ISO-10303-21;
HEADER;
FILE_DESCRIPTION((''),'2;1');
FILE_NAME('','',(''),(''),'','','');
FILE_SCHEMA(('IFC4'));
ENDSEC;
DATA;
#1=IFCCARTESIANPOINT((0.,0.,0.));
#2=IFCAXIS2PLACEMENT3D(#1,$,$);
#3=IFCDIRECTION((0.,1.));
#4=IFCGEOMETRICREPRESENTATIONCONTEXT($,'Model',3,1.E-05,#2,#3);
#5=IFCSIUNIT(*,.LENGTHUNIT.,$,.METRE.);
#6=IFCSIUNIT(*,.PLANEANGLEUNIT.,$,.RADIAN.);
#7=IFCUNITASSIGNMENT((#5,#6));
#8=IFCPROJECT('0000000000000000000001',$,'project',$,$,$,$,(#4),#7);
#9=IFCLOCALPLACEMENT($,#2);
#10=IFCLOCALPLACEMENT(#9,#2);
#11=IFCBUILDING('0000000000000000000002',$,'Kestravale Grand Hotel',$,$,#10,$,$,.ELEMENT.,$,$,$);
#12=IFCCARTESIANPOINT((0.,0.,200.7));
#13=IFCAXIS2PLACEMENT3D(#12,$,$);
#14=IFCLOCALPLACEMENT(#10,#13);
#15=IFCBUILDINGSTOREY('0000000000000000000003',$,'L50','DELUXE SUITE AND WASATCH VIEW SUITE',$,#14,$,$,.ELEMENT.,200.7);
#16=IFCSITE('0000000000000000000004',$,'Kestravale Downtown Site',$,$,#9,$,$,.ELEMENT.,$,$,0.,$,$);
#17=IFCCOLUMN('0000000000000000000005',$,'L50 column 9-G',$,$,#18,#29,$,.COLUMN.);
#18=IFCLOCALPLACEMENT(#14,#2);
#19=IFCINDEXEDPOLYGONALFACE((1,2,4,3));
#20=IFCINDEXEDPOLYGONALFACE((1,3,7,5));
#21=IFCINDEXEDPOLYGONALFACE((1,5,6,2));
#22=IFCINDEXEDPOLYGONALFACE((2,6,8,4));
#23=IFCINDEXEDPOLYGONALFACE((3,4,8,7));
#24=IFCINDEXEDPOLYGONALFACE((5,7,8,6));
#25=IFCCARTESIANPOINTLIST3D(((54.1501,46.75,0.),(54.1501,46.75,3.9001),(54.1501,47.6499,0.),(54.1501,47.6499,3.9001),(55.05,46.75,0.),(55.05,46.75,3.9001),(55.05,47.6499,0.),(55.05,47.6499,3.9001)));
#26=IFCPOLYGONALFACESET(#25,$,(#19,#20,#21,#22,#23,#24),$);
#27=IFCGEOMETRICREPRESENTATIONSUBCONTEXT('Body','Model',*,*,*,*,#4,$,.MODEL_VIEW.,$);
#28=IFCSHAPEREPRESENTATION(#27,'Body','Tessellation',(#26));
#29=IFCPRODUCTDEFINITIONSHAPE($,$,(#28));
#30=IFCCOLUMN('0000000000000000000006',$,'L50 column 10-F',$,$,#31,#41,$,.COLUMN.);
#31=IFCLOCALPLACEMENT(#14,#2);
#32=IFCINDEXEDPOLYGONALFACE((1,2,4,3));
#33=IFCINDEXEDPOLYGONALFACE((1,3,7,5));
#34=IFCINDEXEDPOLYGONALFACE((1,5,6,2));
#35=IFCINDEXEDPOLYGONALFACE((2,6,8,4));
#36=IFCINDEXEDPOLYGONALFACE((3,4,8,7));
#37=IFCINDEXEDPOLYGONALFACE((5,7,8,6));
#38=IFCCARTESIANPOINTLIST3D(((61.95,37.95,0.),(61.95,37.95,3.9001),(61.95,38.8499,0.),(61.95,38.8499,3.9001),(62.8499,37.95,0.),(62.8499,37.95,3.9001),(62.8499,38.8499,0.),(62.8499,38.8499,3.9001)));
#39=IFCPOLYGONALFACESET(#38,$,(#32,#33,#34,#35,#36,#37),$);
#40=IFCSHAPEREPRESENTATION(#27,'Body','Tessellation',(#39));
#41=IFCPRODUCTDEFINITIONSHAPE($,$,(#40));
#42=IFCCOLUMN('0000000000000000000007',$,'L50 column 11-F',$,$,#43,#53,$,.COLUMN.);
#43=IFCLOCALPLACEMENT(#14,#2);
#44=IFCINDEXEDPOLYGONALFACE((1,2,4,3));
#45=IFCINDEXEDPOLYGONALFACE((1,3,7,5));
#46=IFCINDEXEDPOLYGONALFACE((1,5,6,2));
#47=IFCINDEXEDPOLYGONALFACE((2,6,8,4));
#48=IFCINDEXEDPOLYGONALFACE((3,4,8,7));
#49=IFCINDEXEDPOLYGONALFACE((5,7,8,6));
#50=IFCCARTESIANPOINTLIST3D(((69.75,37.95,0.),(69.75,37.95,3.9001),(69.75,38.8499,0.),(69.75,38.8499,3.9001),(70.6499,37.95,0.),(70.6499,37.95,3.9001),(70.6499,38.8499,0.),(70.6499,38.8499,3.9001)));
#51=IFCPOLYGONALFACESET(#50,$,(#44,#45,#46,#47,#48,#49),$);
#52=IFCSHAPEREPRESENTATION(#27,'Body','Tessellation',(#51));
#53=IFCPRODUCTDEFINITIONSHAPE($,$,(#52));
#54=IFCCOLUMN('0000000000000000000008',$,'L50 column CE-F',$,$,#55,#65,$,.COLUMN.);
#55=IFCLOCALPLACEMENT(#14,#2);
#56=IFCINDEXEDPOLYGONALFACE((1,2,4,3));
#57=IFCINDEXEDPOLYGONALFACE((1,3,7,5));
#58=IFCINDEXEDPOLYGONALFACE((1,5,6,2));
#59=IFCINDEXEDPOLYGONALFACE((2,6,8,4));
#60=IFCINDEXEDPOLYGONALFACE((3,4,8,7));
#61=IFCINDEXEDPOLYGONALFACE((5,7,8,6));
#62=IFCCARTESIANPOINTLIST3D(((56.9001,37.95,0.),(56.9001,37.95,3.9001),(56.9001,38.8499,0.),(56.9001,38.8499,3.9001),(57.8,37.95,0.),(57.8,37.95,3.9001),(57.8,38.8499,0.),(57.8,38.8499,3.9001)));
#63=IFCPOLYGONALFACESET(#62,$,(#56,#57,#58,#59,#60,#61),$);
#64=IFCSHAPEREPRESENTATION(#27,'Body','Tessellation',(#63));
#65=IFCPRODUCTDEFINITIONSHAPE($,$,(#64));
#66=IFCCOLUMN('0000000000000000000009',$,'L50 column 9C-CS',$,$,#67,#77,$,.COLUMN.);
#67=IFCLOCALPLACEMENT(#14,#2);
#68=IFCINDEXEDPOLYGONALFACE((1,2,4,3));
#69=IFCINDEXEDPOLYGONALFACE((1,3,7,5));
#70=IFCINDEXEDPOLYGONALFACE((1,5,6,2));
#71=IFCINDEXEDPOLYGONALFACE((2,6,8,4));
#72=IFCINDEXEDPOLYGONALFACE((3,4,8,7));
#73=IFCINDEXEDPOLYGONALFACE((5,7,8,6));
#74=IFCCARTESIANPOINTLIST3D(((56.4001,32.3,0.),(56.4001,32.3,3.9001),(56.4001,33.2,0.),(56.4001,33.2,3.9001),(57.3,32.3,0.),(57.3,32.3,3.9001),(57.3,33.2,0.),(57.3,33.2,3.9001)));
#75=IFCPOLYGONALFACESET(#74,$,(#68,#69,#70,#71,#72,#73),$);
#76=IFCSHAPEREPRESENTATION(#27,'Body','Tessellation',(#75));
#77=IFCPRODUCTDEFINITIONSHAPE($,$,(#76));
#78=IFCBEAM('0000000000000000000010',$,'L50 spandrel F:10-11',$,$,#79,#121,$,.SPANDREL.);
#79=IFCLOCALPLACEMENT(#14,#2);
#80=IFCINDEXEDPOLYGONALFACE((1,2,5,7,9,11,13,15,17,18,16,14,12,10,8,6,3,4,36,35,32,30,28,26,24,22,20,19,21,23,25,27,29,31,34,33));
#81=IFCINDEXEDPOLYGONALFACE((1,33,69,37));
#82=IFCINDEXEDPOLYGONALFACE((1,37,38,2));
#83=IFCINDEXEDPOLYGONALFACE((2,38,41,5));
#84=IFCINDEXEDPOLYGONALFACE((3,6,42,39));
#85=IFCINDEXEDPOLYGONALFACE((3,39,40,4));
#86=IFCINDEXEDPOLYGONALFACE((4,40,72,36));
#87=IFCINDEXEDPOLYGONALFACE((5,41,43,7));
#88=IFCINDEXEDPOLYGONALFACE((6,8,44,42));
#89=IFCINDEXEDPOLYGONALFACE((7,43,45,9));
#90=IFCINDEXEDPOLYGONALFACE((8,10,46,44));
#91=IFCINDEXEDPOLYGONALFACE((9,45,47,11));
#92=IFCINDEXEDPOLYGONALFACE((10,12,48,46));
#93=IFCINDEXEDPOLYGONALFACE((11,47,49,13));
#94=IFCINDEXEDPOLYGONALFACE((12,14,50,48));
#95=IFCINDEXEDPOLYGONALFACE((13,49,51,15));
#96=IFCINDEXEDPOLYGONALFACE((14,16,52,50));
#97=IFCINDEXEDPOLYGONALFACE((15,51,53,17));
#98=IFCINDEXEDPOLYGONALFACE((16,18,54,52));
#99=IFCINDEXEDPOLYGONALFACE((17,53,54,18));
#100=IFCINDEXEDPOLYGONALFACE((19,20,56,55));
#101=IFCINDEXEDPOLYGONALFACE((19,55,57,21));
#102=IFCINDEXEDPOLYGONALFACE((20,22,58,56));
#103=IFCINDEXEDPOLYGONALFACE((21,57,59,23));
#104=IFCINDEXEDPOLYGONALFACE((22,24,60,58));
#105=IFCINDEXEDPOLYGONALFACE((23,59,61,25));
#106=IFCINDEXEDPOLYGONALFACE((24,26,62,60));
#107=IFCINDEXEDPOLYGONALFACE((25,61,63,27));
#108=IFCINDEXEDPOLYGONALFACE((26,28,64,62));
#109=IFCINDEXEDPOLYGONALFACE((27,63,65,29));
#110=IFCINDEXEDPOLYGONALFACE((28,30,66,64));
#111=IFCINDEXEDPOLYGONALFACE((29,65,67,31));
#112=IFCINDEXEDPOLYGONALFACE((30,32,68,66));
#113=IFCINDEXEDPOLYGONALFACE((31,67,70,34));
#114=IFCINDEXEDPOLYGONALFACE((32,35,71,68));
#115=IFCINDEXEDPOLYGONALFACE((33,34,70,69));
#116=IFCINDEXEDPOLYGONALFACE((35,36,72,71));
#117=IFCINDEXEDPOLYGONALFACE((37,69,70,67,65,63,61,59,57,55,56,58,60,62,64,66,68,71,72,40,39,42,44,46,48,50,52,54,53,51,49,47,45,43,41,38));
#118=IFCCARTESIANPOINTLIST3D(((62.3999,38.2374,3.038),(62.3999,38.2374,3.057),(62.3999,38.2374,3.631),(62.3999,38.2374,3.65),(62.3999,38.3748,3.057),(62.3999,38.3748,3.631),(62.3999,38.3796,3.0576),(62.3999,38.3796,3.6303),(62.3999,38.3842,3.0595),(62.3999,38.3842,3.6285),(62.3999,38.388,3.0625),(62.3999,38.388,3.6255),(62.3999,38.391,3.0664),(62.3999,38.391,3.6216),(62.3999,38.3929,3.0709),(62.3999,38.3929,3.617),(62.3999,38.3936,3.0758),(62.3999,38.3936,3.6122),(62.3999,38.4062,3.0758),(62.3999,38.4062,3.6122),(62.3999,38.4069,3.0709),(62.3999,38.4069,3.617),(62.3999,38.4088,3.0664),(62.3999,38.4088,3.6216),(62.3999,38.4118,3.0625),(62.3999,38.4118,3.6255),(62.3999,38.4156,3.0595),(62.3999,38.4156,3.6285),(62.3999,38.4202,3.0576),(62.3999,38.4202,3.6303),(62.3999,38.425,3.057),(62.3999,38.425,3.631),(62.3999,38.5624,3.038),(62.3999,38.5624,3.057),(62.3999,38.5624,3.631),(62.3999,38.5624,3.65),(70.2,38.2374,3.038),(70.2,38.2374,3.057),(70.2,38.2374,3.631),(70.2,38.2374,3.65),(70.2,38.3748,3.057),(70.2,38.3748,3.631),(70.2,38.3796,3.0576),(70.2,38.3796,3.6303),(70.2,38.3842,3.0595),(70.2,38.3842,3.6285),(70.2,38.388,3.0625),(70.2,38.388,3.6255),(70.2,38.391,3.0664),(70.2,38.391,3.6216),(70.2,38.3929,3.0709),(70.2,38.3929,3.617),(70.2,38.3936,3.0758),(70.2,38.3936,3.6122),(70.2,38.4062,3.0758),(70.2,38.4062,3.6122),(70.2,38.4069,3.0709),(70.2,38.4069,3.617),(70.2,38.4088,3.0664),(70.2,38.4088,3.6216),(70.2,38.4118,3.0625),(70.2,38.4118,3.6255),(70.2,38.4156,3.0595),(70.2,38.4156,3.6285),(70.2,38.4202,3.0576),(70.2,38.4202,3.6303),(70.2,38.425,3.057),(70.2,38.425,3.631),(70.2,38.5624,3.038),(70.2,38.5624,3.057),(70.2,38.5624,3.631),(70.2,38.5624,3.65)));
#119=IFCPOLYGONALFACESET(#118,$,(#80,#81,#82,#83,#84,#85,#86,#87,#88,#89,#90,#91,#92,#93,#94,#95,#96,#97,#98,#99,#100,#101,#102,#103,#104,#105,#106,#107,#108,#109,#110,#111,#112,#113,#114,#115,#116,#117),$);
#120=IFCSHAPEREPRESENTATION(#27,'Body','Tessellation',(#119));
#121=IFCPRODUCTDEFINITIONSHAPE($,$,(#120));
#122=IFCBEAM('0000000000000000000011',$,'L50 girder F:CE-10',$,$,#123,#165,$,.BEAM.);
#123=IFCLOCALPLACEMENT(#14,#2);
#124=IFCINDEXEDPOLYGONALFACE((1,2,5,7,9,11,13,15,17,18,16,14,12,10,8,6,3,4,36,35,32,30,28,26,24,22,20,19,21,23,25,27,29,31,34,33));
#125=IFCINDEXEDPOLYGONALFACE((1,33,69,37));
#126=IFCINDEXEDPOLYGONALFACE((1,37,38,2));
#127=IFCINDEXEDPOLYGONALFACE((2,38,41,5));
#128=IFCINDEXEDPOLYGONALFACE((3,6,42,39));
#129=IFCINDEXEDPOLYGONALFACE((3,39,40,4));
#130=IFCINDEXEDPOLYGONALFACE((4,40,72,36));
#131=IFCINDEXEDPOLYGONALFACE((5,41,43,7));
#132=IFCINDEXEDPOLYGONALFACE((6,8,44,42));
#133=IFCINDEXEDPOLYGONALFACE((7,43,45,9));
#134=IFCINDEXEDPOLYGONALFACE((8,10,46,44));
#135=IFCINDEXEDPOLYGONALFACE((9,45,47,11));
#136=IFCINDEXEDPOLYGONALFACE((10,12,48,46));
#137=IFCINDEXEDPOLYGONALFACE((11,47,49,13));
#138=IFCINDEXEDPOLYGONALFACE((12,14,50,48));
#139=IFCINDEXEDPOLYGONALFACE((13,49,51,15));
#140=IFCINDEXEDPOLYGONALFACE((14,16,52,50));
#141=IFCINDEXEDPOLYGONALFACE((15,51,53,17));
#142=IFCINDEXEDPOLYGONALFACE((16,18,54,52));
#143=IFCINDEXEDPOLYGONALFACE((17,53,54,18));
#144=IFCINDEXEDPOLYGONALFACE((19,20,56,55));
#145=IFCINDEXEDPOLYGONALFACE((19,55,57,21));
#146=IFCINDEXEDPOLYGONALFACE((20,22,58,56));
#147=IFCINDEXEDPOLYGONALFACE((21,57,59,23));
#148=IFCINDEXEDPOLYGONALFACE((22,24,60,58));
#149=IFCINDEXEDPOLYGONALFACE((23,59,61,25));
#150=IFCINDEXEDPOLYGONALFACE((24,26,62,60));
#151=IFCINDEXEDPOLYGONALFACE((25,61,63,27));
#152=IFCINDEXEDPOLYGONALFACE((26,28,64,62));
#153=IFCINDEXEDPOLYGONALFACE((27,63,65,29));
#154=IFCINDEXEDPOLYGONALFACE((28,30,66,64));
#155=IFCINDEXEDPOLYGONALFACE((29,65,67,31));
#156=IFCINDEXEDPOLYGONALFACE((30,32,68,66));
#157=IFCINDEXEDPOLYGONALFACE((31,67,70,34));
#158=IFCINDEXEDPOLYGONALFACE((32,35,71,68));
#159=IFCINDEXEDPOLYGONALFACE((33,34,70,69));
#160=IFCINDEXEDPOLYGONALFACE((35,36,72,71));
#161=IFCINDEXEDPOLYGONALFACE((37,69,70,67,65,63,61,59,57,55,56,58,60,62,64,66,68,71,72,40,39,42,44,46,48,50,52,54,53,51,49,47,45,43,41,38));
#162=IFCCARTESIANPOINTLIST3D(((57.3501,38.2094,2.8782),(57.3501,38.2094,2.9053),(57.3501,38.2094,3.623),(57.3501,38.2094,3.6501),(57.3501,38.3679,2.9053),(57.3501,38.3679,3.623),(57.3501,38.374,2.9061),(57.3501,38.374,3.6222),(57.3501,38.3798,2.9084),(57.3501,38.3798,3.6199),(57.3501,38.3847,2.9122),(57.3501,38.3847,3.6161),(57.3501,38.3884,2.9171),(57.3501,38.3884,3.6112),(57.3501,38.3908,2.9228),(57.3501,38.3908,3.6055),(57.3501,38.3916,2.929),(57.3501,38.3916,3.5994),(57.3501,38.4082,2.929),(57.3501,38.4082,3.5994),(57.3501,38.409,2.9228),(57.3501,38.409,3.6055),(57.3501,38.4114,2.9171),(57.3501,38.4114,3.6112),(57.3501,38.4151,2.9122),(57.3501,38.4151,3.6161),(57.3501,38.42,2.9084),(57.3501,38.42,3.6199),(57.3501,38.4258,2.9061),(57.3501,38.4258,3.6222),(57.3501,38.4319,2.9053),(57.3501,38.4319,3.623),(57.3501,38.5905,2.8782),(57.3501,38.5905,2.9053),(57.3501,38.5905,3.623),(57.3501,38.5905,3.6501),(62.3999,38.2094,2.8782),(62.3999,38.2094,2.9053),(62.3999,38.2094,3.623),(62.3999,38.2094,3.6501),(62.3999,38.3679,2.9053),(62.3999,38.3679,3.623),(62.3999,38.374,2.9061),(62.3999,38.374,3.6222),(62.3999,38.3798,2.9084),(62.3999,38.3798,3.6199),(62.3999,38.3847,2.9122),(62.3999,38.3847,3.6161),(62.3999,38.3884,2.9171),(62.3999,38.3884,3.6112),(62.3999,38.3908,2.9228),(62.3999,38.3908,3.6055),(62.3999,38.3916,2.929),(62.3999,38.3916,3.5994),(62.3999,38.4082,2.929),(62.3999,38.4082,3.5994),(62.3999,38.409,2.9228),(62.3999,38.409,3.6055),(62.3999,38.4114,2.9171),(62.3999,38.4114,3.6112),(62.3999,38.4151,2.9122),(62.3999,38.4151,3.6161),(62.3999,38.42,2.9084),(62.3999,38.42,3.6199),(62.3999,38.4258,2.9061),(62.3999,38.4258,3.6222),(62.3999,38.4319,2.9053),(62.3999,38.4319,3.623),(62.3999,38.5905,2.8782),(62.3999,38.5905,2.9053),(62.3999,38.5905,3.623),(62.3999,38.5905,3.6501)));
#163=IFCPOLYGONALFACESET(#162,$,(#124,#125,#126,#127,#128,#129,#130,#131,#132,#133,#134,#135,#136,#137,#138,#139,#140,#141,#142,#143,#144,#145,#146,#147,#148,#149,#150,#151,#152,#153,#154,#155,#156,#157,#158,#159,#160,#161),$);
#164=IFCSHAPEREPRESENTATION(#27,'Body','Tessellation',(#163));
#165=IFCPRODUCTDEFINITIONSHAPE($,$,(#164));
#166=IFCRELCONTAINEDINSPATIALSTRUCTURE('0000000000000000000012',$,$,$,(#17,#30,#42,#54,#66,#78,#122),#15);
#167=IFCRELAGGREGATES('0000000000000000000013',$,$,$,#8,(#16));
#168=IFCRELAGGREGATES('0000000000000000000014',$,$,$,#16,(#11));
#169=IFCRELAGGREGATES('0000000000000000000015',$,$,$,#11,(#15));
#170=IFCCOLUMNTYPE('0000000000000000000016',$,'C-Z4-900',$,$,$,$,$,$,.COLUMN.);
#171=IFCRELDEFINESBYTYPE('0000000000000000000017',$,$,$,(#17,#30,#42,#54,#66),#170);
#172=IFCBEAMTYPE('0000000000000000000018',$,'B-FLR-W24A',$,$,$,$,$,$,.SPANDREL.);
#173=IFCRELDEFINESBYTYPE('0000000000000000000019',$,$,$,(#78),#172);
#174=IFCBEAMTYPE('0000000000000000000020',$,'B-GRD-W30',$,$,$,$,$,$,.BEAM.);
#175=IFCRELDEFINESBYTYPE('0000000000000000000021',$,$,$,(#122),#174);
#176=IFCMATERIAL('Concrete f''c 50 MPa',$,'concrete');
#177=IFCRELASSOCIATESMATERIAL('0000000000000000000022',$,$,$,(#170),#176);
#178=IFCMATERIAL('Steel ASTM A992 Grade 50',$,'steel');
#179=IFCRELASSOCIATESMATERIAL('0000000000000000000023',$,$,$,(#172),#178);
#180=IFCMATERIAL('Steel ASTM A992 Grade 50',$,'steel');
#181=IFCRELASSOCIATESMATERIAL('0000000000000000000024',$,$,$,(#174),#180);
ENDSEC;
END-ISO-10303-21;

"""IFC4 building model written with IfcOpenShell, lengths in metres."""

from ifc_helpers import new_model, si_unit, direction, frame, origin, origin_2d, place, context, subcontext, project, spatial, rectangle, i_section, extrude, material, material_profile, profile_set, type_object, element, save


model = new_model("IFC4")

# Units and contexts
model_context = context("Model", 3, precision=1e-05, world=origin(), true_north=direction((0.0, 1.0)))
body_context = subcontext(model_context, "Body", "Model", "MODEL_VIEW")
ifc_project = project(units=[si_unit("LENGTHUNIT", "METRE"), si_unit("PLANEANGLEUNIT", "RADIAN")], contexts=[model_context])

# Site, building, storey
site_placement = place(None, origin())
site = spatial("IfcSite", under=ifc_project, at=site_placement, Name="Kestravale Downtown Site", CompositionType="ELEMENT", RefElevation=0.0)
building_placement = place(site_placement, origin())
building = spatial("IfcBuilding", under=site, at=building_placement, Name="Kestravale Grand Hotel", CompositionType="ELEMENT")
storey_placement = place(building_placement, frame((0.0, 0.0, 200.7)))
storey = spatial("IfcBuildingStorey", under=building, at=storey_placement, Name="L50", Description="DELUXE SUITE AND WASATCH VIEW SUITE", CompositionType="ELEMENT", Elevation=200.7)

# Columns
ifc_material_1 = material(Name="Concrete f'c 50 MPa", Category="concrete")
ifc_material_profile_1 = material_profile(ifc_material_1, rectangle(XDim=0.8999, YDim=0.8999, at=origin_2d()))
ifc_profile_set_1 = profile_set([ifc_material_profile_1], Name="Concrete f'c 50 MPa")
column_type = type_object("IfcColumnType", Name="C-Z4-900", PredefinedType="COLUMN", material=ifc_profile_set_1)
for number, where, z_axis, x_axis, name in (
    (1, (54.6001, 47.2, 0.0), (0.0, 0.0, 1.0), (1.0, 0.0, 0.0), "L50 column 9-G"),
    (2, (62.3999, 38.3999, 0.0), (0.0, 0.0, 1.0), (1.0, 0.0, 0.0), "L50 column 10-F"),
    (3, (70.2, 38.3999, 0.0), (0.0, 0.0, 1.0), (1.0, 0.0, 0.0), "L50 column 11-F"),
    (4, (57.3501, 38.3999, 0.0), (0.0, 0.0, 1.0), (1.0, 0.0, 0.0), "L50 column CE-F"),
    (5, (56.8501, 32.75, 0.0), (0.0, 0.0, 1.0), (1.0, 0.0, 0.0), "L50 column 9C-CS"),
):
    element("IfcColumn", number, at=place(storey_placement, frame(where, z_axis=z_axis, x_axis=x_axis)), inside=storey, type_object=column_type, Name=name, PredefinedType="COLUMN", context=body_context, shape_type="SweptSolid", body=[
        extrude(rectangle(XDim=0.8999, YDim=0.8999, at=origin_2d()), origin(), (0.0, 0.0, 1.0), 3.9001),
    ])

# Beams
ifc_material_2 = material(Name="Steel ASTM A992 Grade 50", Category="steel")
ifc_material_profile_2 = material_profile(ifc_material_2, i_section(OverallWidth=0.325, OverallDepth=0.6121, WebThickness=0.0127, FlangeThickness=0.019, FilletRadius=0.0188, at=origin_2d()))
ifc_profile_set_2 = profile_set([ifc_material_profile_2], Name="Steel ASTM A992 Grade 50")
beam_type_1 = type_object("IfcBeamType", Name="B-FLR-W24A", PredefinedType="SPANDREL", material=ifc_profile_set_2)
beam_1_placement = place(storey_placement, frame((62.3999, 38.3999, 3.344), z_axis=(1.0, 0.0, 0.0), x_axis=(0.0, 1.0, 0.0)))
element("IfcBeam", 6, at=beam_1_placement, inside=storey, type_object=beam_type_1, Name="L50 spandrel F:10-11", PredefinedType="SPANDREL", context=body_context, shape_type="SweptSolid", body=[
    extrude(i_section(OverallWidth=0.325, OverallDepth=0.6121, WebThickness=0.0127, FlangeThickness=0.019, FilletRadius=0.0188, at=origin_2d()), origin(), (0.0, 0.0, 1.0), 7.8),
])
ifc_material_3 = material(Name="Steel ASTM A992 Grade 50", Category="steel")
ifc_material_profile_3 = material_profile(ifc_material_3, i_section(OverallWidth=0.3811, OverallDepth=0.772, WebThickness=0.0166, FlangeThickness=0.0271, FilletRadius=0.0237, at=origin_2d()))
ifc_profile_set_3 = profile_set([ifc_material_profile_3], Name="Steel ASTM A992 Grade 50")
beam_type_2 = type_object("IfcBeamType", Name="B-GRD-W30", PredefinedType="BEAM", material=ifc_profile_set_3)
beam_2_placement = place(storey_placement, frame((57.3501, 38.3999, 3.2642), z_axis=(1.0, 0.0, 0.0), x_axis=(0.0, 1.0, 0.0)))
element("IfcBeam", 7, at=beam_2_placement, inside=storey, type_object=beam_type_2, Name="L50 girder F:CE-10", PredefinedType="BEAM", context=body_context, shape_type="SweptSolid", body=[
    extrude(i_section(OverallWidth=0.3811, OverallDepth=0.772, WebThickness=0.0166, FlangeThickness=0.0271, FilletRadius=0.0237, at=origin_2d()), origin(), (0.0, 0.0, 1.0), 5.0498),
])

save(model, "model.ifc")
